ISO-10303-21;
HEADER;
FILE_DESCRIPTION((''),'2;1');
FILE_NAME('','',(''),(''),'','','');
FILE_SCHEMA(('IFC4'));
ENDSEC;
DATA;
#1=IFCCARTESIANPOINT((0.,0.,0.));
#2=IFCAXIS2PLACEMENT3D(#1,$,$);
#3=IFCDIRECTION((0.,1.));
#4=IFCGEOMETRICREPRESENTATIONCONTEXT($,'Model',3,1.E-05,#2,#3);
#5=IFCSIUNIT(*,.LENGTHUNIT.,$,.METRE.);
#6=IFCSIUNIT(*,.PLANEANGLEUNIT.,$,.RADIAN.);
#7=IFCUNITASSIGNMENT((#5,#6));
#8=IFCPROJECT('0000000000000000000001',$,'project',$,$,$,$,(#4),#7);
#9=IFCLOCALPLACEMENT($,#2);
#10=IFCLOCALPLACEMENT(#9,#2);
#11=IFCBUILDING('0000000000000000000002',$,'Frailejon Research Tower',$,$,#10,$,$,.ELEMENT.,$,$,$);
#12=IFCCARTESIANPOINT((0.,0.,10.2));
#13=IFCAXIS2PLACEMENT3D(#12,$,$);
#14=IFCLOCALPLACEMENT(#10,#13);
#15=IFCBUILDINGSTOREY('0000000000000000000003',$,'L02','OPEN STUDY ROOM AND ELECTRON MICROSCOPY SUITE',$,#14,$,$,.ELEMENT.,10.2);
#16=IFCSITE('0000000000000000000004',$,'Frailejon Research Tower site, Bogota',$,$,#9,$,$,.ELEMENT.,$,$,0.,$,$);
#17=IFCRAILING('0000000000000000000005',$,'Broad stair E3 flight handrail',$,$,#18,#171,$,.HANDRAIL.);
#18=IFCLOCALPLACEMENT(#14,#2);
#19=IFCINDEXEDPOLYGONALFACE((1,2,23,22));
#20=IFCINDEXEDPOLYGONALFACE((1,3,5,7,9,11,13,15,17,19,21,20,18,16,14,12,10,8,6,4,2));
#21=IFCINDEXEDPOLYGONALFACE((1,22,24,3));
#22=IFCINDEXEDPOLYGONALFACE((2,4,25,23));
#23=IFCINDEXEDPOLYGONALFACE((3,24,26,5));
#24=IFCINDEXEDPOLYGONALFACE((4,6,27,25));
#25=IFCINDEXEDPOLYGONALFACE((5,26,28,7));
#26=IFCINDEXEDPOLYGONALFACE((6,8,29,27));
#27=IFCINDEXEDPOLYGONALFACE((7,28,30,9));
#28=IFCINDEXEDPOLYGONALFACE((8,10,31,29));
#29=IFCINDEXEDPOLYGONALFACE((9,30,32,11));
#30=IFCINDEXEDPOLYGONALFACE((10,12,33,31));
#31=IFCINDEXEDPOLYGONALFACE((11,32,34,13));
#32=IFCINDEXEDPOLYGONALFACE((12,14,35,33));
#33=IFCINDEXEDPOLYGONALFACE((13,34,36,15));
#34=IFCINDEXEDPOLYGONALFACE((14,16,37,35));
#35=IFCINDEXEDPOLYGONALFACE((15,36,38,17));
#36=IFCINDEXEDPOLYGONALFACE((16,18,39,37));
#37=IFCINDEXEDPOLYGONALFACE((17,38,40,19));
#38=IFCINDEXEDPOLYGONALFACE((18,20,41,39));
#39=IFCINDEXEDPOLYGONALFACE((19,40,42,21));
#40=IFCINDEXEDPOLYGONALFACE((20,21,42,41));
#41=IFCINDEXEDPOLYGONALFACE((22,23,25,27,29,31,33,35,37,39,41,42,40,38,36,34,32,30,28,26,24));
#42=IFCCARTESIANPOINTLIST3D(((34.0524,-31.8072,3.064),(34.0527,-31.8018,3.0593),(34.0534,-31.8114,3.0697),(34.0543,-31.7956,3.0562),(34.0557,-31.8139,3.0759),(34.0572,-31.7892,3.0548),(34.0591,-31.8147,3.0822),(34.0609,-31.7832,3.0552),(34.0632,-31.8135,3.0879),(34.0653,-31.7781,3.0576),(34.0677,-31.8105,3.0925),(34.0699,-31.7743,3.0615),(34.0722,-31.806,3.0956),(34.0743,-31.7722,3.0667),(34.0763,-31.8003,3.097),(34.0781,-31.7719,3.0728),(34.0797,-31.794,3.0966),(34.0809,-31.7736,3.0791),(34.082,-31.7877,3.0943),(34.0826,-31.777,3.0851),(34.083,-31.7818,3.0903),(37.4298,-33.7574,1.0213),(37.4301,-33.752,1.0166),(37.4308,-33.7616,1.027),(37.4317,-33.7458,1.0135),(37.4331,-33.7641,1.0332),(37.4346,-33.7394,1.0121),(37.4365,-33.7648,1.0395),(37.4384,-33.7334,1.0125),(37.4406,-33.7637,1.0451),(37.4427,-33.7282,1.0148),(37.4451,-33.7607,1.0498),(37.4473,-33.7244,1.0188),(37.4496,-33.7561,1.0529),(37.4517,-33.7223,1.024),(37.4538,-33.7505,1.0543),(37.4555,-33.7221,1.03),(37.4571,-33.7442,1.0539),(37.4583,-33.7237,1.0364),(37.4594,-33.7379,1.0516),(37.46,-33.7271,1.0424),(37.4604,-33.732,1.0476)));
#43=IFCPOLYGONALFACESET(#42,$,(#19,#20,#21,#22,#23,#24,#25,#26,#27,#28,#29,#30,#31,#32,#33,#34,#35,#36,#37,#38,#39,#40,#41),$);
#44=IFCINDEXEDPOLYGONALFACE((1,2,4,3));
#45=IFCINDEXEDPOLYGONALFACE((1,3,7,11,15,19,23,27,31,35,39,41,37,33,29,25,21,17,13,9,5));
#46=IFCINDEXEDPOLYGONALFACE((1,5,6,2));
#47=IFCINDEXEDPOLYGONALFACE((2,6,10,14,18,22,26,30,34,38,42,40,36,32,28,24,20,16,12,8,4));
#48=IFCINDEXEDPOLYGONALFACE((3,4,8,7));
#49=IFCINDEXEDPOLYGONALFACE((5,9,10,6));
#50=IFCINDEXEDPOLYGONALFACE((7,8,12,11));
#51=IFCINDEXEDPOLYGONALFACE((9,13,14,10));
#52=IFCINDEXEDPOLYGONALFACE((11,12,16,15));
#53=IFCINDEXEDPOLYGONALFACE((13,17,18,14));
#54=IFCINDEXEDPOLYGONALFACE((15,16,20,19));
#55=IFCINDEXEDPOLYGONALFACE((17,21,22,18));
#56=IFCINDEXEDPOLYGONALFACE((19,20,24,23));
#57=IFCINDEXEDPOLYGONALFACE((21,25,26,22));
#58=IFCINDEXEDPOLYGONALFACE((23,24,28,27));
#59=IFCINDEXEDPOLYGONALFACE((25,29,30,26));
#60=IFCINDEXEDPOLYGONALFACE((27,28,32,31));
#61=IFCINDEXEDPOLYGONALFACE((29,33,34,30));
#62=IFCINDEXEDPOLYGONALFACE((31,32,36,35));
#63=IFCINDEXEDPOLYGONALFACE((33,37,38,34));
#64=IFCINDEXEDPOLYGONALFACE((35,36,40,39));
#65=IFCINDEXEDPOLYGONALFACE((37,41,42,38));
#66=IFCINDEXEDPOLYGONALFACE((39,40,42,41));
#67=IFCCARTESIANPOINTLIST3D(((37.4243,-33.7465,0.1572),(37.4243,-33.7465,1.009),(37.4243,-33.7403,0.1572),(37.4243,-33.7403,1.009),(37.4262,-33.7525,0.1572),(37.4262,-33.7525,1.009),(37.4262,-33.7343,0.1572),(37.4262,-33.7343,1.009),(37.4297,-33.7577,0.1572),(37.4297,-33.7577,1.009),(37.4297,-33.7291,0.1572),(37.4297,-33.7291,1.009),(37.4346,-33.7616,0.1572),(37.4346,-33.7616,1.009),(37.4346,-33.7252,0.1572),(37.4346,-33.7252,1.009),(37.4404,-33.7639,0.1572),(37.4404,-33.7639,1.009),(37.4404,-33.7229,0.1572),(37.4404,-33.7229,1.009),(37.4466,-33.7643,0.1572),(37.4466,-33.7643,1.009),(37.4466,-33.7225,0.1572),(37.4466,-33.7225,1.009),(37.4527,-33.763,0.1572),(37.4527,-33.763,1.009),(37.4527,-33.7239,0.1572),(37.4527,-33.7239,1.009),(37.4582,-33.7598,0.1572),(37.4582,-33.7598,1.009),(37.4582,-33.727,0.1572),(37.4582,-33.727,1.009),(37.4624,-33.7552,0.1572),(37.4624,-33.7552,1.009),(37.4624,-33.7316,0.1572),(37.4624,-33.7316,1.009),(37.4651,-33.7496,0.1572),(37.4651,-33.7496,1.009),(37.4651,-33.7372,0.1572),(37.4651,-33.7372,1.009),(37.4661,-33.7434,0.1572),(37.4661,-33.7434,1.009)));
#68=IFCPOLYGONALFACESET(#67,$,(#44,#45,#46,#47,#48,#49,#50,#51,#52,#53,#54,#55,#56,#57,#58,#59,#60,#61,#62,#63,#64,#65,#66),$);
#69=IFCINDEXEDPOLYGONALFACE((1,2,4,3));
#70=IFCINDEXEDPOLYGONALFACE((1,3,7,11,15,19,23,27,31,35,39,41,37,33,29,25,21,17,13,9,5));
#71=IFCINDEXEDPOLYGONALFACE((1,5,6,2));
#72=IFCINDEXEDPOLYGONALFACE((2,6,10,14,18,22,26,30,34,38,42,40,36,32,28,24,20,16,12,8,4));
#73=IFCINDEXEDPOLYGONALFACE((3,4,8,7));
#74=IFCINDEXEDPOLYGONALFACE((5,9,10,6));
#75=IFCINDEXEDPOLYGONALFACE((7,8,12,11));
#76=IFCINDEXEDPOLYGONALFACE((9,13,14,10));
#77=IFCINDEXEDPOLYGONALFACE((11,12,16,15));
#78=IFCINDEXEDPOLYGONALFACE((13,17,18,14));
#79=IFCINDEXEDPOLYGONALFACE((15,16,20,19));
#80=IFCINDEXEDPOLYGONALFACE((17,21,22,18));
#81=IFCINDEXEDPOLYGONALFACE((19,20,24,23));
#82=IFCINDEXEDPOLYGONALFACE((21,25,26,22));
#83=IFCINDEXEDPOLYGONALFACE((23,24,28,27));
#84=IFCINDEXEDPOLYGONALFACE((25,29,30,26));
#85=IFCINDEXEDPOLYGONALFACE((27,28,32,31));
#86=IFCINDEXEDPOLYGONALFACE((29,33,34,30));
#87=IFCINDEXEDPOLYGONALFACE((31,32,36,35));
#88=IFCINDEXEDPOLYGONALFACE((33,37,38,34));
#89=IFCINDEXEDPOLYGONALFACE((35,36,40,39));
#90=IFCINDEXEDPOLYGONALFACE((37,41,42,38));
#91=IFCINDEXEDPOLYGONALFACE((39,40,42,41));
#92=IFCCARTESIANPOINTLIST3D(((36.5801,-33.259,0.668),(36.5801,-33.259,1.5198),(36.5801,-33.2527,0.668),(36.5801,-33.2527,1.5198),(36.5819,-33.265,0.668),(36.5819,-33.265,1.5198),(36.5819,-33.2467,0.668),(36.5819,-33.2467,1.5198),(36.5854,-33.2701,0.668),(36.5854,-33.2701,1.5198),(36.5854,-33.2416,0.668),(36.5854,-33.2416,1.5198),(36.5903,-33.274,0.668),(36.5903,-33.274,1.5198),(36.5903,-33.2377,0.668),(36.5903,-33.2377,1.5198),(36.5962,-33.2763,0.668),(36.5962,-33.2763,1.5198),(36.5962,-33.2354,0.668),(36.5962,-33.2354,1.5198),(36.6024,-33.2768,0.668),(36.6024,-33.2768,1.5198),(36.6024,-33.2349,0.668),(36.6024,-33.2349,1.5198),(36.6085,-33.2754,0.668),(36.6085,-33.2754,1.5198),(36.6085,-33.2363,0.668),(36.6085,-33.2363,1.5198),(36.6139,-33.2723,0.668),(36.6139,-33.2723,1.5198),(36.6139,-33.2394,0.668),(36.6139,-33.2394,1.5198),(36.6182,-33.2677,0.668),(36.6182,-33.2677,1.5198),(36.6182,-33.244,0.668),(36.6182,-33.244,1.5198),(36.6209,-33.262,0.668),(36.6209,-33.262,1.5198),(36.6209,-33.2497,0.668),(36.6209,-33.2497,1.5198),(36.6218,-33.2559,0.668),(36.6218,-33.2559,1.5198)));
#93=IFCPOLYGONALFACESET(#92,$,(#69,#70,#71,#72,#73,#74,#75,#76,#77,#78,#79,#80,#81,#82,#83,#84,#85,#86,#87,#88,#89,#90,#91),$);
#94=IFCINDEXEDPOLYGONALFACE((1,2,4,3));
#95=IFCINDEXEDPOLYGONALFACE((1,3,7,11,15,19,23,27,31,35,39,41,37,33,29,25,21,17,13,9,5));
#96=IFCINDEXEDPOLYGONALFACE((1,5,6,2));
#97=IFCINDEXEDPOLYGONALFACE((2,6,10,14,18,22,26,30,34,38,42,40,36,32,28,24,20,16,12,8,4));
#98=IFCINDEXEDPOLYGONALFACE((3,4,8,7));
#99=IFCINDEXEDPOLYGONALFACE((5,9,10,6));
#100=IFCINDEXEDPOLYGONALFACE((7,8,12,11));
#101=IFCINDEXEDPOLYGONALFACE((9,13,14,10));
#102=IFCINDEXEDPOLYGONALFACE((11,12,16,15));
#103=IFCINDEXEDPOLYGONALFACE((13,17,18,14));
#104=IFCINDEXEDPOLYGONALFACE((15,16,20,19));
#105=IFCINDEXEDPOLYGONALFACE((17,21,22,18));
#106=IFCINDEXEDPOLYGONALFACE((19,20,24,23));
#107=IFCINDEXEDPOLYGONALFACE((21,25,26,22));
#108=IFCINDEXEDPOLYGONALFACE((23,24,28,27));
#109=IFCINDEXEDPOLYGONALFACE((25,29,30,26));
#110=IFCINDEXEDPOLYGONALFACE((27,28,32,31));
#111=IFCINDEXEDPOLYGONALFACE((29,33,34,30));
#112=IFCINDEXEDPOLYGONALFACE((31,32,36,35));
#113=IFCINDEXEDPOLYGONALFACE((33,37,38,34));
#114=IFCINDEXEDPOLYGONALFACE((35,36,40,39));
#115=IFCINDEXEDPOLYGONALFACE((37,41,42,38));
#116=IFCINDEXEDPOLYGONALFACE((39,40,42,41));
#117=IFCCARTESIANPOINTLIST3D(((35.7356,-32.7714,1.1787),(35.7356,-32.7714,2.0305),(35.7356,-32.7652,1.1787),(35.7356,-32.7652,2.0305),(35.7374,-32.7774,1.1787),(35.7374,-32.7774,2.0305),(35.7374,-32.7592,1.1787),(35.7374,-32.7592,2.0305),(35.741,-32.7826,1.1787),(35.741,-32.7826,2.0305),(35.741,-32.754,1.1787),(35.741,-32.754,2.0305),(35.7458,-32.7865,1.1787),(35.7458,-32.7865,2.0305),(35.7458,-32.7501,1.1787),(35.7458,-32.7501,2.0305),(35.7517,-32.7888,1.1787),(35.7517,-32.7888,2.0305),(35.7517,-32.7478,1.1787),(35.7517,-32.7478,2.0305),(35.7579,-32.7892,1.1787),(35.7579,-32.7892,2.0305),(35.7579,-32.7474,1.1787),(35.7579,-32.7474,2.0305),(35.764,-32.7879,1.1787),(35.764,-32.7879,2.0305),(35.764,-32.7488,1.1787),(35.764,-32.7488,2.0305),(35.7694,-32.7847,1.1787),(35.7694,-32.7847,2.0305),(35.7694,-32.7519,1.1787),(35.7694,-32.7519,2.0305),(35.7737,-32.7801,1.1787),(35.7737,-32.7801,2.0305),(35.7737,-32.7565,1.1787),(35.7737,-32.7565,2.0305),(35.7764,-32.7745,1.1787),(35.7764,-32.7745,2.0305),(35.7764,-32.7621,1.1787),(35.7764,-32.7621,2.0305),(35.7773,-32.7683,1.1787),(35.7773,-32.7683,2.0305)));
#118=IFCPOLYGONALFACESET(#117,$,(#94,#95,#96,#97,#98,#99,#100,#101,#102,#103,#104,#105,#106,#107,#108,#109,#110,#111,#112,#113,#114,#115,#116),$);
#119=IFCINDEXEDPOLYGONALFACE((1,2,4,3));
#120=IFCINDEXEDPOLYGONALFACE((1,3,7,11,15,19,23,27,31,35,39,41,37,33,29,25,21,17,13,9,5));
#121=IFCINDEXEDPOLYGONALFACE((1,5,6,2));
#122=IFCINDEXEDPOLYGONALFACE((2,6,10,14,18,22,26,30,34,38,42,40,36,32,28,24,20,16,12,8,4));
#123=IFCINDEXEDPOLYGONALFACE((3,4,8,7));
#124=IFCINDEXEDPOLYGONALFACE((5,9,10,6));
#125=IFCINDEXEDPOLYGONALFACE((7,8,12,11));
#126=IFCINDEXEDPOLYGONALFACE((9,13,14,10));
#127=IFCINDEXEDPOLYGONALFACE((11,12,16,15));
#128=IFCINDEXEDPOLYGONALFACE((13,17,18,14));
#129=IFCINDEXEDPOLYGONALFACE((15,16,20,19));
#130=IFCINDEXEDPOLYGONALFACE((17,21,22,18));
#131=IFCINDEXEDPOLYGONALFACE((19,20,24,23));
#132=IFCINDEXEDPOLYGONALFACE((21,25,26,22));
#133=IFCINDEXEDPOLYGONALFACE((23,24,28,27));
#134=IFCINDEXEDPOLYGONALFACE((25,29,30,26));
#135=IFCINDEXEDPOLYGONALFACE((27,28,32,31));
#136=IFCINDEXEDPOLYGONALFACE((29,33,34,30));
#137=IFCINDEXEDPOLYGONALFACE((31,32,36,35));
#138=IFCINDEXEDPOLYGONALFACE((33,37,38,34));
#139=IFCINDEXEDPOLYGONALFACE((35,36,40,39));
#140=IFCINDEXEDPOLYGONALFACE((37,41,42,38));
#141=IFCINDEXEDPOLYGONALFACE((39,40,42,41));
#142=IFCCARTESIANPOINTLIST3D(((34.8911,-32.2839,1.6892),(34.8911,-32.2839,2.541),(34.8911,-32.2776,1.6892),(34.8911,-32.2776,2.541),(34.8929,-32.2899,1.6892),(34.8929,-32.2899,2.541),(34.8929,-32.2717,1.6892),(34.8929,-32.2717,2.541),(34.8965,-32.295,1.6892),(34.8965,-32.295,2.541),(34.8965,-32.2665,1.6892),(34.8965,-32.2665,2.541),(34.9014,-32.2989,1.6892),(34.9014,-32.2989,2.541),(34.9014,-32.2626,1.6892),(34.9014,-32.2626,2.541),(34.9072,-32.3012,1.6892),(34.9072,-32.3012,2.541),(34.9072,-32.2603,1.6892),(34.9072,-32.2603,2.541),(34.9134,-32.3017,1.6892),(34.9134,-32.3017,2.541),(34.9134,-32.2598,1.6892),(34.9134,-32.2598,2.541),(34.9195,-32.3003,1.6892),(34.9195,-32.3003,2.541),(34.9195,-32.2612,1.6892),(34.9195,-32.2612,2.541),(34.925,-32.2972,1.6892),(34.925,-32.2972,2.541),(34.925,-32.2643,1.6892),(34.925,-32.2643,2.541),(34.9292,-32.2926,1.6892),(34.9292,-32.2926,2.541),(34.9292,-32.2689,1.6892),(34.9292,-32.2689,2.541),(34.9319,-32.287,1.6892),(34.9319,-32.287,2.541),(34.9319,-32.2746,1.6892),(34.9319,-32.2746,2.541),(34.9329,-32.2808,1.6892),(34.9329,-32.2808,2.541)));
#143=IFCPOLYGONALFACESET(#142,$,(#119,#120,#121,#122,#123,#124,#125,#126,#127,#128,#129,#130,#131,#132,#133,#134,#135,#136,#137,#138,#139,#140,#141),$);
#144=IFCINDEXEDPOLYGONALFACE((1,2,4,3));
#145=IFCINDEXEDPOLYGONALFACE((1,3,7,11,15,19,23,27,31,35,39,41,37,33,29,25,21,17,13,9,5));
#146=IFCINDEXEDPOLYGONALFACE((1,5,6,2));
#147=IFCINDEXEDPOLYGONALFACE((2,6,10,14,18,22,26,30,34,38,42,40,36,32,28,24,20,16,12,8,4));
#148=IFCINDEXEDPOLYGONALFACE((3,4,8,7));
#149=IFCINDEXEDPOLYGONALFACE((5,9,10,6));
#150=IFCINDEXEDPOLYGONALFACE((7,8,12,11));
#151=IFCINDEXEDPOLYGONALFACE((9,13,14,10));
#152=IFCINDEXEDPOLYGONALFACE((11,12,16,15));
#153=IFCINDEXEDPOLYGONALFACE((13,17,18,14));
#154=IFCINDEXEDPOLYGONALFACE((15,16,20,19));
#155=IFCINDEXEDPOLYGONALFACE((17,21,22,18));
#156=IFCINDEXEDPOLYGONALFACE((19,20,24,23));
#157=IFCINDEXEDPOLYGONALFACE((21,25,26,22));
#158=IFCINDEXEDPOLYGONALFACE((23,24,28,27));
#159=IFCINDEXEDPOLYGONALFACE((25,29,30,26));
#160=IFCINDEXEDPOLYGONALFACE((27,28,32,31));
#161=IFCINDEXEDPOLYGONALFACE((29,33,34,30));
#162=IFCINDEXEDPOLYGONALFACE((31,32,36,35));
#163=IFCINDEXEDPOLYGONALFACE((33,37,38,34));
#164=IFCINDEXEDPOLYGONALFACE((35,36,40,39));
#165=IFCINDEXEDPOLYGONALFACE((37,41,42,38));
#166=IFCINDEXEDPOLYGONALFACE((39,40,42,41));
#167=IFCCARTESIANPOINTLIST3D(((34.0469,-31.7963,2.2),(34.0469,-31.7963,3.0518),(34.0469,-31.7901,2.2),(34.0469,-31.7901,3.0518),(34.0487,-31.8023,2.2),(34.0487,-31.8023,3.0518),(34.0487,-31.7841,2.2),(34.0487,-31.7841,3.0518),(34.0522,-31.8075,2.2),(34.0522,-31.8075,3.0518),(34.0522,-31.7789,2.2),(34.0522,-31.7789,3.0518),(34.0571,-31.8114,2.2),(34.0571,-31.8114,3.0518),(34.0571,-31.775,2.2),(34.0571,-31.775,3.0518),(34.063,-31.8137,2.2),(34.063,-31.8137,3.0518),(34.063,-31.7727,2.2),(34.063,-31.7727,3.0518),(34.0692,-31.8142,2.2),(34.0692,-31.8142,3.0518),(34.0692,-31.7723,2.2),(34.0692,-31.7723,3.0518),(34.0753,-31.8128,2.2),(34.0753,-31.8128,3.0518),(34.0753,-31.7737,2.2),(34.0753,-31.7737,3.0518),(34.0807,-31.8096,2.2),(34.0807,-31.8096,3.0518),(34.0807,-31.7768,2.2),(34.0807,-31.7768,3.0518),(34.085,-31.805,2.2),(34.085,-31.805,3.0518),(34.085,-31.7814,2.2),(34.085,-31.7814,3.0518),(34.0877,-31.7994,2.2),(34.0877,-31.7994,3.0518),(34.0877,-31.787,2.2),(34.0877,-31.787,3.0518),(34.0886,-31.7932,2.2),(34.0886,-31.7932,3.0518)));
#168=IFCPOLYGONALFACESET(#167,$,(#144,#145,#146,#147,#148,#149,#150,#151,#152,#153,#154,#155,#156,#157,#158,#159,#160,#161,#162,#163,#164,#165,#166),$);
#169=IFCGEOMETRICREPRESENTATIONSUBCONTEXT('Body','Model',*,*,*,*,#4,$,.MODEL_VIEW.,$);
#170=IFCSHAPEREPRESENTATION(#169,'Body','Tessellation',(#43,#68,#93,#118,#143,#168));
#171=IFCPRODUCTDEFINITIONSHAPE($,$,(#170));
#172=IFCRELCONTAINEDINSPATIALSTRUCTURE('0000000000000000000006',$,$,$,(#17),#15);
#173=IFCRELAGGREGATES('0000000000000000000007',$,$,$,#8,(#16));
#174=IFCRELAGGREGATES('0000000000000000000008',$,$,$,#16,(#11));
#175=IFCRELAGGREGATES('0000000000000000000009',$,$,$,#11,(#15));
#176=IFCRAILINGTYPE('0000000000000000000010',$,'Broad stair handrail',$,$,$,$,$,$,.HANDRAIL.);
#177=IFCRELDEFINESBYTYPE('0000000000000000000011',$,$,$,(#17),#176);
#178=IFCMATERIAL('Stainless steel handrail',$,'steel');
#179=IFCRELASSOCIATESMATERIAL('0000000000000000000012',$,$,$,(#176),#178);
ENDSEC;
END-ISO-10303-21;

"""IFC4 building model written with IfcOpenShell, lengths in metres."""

from ifc_helpers import new_model, si_unit, direction, frame, origin, origin_2d, place, context, subcontext, project, spatial, circle, extrude, material, type_object, element, save


model = new_model("IFC4")

# Units and contexts
model_context = context("Model", 3, precision=1e-05, world=origin(), true_north=direction((0.0, 1.0)))
body_context = subcontext(model_context, "Body", "Model", "MODEL_VIEW")
ifc_project = project(units=[si_unit("LENGTHUNIT", "METRE"), si_unit("PLANEANGLEUNIT", "RADIAN")], contexts=[model_context])

# Site, building, storey
site_placement = place(None, origin())
site = spatial("IfcSite", under=ifc_project, at=site_placement, Name="Frailejon Research Tower site, Bogota", CompositionType="ELEMENT", RefElevation=0.0)
building_placement = place(site_placement, origin())
building = spatial("IfcBuilding", under=site, at=building_placement, Name="Frailejon Research Tower", CompositionType="ELEMENT")
storey_placement = place(building_placement, frame((0.0, 0.0, 10.2)))
storey = spatial("IfcBuildingStorey", under=building, at=storey_placement, Name="L02", Description="OPEN STUDY ROOM AND ELECTRON MICROSCOPY SUITE", CompositionType="ELEMENT", Elevation=10.2)

# Railing
ifc_material_1 = material(Name="Stainless steel handrail", Category="steel")
railing_type_1 = type_object("IfcRailingType", Name="Broad stair handrail", PredefinedType="HANDRAIL", material=ifc_material_1)
railing_1_placement = place(storey_placement, frame((37.4451, -33.7434, 0.1572)))
element("IfcRailing", 1, at=railing_1_placement, inside=storey, type_object=railing_type_1, Name="Broad stair E3 flight handrail", PredefinedType="HANDRAIL", context=body_context, shape_type="SweptSolid", body=[
    extrude(circle(Radius=0.0239, at=origin_2d()), frame((0.0, 0.0, 0.876), z_axis=(-0.767143, 0.442962, 0.463979), x_axis=(-0.500044, -0.866, 0.0)), (0.0, 0.0, 1.0), 4.4026),
    extrude(circle(Radius=0.021, at=origin_2d()), origin(), (0.0, 0.0, 1.0), 0.8518),
    extrude(circle(Radius=0.021, at=origin_2d()), frame((-0.8442, 0.4875, 0.5107)), (0.0, 0.0, 1.0), 0.8518),
    extrude(circle(Radius=0.021, at=origin_2d()), frame((-1.6887, 0.9751, 1.0215)), (0.0, 0.0, 1.0), 0.8518),
    extrude(circle(Radius=0.021, at=origin_2d()), frame((-2.5332, 1.4626, 1.532)), (0.0, 0.0, 1.0), 0.8518),
    extrude(circle(Radius=0.021, at=origin_2d()), frame((-3.3774, 1.9502, 2.0427)), (0.0, 0.0, 1.0), 0.8518),
])

save(model, "model.ifc")
